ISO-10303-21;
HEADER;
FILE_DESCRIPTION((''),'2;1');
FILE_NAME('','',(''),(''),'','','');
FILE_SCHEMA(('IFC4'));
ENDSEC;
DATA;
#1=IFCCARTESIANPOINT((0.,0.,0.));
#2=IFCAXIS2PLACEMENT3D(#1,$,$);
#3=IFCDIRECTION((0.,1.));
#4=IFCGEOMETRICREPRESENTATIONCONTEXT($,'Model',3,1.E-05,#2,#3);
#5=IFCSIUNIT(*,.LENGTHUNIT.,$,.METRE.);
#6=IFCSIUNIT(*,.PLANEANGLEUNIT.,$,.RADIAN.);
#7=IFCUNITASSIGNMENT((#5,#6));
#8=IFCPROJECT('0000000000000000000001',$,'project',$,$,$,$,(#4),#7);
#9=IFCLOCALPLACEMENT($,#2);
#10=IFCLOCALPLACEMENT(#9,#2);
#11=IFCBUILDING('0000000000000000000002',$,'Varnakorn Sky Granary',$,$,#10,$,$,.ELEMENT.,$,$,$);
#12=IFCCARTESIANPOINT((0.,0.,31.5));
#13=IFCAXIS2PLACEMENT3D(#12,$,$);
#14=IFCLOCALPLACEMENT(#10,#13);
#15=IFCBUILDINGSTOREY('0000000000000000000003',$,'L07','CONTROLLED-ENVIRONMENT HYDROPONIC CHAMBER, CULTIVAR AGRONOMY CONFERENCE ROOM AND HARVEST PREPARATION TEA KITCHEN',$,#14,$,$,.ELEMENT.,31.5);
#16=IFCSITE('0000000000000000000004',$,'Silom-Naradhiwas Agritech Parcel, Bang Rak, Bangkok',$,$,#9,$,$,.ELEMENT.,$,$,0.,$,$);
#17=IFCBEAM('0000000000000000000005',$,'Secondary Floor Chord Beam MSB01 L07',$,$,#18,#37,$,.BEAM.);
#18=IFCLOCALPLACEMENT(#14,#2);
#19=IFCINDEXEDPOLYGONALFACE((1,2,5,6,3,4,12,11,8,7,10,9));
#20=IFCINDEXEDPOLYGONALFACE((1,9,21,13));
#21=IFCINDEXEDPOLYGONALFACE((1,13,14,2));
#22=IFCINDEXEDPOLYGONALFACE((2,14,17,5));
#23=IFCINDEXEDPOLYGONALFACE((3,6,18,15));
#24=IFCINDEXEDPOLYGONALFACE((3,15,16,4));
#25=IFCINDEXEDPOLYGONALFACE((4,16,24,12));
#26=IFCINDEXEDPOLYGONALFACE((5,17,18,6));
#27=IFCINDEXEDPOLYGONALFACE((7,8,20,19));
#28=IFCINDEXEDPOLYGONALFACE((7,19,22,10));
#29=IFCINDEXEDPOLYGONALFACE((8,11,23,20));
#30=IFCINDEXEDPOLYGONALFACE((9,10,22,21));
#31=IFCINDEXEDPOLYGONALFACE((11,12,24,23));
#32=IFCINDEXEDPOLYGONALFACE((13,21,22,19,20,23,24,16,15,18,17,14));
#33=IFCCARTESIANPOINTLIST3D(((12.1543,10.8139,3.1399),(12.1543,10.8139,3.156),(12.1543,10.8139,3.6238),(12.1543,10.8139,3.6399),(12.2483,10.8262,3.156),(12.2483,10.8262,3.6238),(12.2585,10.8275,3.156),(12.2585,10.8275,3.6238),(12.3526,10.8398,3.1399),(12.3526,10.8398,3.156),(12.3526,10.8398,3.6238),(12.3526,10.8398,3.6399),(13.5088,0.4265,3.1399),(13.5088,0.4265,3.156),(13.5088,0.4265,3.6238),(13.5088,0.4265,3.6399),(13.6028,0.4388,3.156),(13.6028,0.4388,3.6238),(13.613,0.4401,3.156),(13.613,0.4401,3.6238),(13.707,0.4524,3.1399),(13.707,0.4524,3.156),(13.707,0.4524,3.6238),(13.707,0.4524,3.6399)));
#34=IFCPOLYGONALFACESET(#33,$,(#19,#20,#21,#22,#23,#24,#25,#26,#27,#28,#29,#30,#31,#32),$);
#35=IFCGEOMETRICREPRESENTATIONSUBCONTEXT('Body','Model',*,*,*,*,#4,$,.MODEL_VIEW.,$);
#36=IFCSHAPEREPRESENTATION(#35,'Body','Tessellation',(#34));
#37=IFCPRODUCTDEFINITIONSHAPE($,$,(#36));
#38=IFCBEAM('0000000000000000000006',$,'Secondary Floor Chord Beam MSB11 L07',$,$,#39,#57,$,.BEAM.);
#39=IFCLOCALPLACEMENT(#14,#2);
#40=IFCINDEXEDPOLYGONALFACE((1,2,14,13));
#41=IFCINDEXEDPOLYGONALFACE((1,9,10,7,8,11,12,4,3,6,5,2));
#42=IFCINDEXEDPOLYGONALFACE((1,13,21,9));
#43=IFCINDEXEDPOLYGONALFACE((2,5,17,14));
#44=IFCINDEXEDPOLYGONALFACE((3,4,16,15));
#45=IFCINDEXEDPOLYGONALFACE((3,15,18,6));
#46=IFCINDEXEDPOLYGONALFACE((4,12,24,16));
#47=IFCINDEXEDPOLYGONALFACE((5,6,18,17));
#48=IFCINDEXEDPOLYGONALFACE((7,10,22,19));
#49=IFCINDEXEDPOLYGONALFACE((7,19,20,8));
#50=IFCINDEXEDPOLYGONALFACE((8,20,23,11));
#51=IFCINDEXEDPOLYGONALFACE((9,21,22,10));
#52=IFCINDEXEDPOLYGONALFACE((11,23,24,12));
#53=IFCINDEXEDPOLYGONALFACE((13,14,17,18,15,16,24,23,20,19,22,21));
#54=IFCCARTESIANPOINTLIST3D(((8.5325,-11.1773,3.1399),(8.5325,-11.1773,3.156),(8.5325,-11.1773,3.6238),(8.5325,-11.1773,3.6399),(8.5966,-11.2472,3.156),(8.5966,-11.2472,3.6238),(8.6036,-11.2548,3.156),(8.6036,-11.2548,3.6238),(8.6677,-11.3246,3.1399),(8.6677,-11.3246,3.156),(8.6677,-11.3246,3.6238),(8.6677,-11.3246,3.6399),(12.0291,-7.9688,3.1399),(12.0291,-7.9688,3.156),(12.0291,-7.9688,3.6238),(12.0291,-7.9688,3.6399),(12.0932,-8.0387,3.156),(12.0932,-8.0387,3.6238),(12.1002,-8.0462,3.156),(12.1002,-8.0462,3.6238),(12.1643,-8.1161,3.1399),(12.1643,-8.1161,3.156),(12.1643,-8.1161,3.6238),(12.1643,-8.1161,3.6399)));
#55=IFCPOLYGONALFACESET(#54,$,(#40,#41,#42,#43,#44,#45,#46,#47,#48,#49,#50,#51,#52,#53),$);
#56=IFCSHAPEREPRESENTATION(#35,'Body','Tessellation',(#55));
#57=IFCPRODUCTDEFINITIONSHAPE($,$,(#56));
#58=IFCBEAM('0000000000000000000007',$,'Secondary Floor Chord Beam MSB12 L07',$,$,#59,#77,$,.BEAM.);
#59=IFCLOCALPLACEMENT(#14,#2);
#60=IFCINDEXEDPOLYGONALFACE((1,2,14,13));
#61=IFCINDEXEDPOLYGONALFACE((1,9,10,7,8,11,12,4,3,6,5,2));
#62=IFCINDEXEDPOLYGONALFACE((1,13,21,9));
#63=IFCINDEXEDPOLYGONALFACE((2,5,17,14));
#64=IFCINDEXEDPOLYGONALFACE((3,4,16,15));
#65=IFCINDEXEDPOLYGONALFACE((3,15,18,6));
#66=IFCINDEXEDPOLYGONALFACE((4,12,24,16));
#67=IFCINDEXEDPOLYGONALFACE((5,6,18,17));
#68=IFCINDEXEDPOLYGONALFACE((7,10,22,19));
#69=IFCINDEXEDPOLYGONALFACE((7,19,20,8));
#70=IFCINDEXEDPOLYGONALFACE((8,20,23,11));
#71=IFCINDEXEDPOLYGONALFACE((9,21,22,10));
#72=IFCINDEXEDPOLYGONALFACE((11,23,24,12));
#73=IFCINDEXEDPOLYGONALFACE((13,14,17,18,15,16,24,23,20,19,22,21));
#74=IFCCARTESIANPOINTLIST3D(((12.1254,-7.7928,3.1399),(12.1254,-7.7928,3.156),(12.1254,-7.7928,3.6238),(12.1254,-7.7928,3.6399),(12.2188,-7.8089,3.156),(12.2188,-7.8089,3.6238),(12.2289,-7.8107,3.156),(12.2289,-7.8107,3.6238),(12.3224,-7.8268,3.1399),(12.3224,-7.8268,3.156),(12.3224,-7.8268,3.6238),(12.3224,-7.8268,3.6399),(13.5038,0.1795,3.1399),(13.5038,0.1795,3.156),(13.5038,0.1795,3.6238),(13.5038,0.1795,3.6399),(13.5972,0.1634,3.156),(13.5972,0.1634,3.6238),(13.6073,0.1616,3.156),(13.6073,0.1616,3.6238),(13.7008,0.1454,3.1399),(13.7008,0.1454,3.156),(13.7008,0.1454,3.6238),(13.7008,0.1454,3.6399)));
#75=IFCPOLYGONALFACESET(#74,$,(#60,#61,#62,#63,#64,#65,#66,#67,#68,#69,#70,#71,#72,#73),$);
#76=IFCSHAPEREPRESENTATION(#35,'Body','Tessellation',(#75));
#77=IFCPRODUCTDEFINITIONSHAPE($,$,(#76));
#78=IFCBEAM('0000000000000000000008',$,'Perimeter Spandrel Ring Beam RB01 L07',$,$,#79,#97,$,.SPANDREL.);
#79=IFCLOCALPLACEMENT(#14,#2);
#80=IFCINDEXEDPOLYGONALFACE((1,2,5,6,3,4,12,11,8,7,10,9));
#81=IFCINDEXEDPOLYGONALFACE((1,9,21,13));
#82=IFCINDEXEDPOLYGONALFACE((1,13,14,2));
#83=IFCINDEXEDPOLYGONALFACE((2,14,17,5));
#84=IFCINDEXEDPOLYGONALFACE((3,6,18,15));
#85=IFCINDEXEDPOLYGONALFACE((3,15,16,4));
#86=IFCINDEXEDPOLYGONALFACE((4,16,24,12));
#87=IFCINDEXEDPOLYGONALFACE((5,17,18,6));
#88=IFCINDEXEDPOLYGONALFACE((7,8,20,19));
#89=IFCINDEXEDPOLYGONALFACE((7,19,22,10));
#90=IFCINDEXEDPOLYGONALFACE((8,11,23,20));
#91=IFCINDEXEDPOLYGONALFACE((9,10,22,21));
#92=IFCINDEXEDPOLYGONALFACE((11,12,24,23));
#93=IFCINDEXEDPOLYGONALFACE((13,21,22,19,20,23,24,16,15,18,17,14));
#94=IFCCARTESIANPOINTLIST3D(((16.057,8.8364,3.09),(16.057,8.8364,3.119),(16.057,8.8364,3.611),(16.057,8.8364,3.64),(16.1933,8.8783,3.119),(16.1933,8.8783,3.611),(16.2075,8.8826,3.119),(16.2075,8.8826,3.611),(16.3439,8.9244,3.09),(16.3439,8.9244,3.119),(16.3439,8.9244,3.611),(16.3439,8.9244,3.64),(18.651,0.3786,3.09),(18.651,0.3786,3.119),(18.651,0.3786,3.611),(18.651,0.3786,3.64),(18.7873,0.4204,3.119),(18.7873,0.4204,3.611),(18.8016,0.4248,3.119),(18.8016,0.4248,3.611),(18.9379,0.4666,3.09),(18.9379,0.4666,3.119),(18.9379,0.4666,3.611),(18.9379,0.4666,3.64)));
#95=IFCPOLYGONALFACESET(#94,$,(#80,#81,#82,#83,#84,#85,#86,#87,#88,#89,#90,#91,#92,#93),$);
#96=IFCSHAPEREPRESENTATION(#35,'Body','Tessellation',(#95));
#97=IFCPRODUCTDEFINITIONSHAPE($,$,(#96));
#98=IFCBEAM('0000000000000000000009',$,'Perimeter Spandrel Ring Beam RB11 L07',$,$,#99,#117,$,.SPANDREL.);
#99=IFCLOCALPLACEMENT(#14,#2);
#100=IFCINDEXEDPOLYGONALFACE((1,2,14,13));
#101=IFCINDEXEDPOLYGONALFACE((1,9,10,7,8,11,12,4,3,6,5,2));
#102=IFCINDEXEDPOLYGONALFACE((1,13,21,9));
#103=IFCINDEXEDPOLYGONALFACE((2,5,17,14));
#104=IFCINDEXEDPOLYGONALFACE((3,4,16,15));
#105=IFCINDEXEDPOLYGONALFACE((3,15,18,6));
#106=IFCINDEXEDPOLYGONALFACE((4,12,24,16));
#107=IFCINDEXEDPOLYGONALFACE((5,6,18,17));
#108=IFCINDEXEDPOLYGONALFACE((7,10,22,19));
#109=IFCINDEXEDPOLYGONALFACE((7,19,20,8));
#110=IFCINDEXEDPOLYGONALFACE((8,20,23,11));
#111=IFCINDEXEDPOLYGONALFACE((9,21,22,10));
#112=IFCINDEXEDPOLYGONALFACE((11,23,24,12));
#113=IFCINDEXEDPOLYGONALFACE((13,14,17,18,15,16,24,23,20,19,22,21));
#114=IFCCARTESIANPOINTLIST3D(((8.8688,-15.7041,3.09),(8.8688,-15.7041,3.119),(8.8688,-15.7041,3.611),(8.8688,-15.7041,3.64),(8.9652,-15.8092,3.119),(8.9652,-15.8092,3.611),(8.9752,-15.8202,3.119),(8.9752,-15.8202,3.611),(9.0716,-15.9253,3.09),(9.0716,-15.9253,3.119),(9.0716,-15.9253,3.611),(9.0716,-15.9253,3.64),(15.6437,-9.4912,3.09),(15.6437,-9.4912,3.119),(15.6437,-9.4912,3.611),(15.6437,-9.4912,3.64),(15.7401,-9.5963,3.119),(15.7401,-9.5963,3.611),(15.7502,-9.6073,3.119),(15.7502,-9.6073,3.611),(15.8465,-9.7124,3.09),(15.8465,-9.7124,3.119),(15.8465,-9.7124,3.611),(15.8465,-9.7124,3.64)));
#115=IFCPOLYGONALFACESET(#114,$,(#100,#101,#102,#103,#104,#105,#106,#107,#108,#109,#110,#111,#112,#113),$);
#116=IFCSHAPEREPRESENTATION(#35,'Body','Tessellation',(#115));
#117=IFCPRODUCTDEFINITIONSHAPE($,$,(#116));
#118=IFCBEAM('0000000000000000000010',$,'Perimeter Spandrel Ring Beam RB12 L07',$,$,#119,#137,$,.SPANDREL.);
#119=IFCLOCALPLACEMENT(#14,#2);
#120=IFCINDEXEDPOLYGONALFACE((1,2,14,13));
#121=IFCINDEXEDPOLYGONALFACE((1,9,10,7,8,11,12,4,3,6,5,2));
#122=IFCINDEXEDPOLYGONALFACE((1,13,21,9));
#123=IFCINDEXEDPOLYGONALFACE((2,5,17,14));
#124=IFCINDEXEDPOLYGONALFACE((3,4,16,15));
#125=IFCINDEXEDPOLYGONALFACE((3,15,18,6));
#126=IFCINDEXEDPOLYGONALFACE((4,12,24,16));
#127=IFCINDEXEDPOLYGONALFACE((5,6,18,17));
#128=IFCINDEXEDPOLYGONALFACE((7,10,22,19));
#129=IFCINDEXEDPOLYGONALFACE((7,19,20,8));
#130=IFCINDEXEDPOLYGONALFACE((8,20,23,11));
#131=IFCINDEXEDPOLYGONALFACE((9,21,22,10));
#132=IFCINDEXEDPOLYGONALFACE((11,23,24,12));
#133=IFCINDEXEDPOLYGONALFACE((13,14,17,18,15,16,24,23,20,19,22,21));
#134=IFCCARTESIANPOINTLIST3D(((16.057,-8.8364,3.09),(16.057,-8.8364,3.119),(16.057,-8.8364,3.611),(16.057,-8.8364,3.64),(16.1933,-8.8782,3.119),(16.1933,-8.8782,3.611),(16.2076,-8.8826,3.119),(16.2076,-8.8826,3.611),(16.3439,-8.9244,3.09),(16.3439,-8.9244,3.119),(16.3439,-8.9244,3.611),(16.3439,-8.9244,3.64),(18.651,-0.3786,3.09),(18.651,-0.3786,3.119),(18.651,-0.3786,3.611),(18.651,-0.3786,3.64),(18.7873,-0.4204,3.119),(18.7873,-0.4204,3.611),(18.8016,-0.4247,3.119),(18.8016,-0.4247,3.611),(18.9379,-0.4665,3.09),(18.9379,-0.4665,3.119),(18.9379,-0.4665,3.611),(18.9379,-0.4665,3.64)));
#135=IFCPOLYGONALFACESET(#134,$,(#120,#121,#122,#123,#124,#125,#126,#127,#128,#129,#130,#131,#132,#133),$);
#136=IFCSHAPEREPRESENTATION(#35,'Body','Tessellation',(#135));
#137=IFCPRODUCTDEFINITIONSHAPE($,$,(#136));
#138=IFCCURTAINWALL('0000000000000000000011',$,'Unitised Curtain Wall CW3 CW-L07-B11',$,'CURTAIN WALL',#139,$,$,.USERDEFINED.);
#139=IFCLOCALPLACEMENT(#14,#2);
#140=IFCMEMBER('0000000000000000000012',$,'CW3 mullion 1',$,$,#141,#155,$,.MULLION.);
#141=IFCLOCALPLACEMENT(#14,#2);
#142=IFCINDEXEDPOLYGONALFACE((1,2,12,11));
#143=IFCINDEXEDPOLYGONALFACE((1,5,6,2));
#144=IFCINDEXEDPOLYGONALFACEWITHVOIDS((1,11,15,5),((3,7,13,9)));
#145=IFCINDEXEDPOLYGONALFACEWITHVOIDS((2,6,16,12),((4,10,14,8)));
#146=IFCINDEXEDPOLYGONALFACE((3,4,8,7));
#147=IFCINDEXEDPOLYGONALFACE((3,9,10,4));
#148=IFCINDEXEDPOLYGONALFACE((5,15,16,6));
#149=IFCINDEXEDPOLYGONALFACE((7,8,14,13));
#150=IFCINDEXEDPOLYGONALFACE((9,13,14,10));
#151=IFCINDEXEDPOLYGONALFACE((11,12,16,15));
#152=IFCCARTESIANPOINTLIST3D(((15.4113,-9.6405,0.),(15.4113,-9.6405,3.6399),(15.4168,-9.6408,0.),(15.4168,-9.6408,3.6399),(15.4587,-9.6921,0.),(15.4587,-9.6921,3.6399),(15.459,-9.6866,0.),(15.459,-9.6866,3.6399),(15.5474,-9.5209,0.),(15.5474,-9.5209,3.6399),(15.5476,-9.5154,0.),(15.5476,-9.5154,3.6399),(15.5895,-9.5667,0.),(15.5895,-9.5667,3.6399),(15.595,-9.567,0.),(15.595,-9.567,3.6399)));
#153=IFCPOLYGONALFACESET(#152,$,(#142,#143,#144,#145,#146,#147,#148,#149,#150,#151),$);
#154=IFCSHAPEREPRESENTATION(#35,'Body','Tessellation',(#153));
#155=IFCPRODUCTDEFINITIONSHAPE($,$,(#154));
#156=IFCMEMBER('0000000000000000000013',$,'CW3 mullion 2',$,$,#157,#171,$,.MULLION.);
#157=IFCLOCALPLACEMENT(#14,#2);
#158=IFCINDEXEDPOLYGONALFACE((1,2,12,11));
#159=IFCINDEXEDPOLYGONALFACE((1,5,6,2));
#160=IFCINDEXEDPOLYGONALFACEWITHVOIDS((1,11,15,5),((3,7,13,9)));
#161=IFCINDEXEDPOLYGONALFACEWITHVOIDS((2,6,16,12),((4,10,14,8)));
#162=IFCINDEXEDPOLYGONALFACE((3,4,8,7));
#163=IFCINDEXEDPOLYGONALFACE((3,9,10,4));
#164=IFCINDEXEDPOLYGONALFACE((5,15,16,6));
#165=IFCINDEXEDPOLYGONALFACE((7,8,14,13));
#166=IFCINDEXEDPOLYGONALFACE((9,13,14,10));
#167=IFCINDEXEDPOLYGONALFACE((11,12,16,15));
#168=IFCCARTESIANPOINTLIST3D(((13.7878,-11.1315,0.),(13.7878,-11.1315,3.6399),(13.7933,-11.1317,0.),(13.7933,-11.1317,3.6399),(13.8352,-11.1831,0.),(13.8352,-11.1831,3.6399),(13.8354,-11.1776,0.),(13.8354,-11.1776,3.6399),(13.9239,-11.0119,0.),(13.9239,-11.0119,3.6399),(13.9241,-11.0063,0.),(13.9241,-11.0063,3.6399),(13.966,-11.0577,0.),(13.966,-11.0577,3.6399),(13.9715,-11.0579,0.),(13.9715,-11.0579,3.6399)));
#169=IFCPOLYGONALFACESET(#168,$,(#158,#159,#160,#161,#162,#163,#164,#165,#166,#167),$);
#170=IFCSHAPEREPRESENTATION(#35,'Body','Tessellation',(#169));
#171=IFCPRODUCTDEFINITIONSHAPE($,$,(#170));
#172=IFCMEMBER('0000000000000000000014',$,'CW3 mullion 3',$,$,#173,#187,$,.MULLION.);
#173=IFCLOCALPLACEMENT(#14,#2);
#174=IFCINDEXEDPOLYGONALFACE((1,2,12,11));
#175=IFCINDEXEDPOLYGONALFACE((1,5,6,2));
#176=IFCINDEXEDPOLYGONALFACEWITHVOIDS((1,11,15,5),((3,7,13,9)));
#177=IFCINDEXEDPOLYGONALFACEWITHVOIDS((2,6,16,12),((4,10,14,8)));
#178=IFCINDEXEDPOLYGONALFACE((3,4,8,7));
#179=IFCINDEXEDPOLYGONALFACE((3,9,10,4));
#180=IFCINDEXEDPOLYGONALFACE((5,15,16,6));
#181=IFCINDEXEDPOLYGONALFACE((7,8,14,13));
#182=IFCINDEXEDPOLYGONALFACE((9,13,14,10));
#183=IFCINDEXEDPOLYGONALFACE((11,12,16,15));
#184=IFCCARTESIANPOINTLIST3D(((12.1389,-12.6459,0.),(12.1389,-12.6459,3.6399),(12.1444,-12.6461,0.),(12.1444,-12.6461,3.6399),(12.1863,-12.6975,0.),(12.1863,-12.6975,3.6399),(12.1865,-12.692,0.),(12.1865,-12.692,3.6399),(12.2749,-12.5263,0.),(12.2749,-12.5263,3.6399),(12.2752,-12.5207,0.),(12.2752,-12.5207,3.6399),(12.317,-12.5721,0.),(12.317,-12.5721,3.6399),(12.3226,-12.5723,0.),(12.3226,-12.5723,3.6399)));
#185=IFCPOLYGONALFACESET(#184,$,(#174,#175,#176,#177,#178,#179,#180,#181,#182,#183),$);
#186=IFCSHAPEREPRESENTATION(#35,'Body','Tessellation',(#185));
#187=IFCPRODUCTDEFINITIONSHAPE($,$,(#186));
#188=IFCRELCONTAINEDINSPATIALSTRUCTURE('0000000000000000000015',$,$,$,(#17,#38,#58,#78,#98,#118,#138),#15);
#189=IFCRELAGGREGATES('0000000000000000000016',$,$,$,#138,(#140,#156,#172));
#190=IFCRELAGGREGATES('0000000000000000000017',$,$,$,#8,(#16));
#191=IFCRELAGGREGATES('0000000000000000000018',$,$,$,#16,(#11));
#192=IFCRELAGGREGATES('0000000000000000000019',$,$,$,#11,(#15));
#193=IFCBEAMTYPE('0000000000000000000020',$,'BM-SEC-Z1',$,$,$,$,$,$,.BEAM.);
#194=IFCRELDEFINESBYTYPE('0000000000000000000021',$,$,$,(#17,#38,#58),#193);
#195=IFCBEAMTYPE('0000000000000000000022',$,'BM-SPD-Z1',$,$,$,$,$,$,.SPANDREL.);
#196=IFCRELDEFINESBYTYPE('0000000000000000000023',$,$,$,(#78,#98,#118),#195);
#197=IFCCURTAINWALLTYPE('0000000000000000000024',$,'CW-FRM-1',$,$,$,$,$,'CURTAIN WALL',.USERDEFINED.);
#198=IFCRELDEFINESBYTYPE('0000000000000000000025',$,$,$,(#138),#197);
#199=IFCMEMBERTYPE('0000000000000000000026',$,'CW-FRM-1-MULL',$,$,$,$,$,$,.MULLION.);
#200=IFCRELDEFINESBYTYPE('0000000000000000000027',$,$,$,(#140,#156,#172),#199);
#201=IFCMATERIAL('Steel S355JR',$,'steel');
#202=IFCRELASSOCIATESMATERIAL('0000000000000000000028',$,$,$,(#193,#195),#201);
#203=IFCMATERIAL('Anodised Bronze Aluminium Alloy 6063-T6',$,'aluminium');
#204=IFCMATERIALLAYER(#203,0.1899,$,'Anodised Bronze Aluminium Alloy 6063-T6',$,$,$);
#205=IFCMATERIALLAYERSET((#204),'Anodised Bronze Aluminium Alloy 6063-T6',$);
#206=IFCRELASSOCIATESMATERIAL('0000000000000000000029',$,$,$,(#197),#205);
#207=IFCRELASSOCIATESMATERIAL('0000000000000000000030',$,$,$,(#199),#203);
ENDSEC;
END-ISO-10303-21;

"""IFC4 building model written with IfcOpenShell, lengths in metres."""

from ifc_helpers import new_model, si_unit, direction, frame, origin, origin_2d, place, context, subcontext, project, spatial, hollow_rectangle, i_section, extrude, material, layer, layer_set, material_profile, profile_set, type_object, element, aggregate, save


model = new_model("IFC4")

# Units and contexts
model_context = context("Model", 3, precision=1e-05, world=origin(), true_north=direction((0.0, 1.0)))
body_context = subcontext(model_context, "Body", "Model", "MODEL_VIEW")
ifc_project = project(units=[si_unit("LENGTHUNIT", "METRE"), si_unit("PLANEANGLEUNIT", "RADIAN")], contexts=[model_context])

# Site, building, storey
site_placement = place(None, origin())
site = spatial("IfcSite", under=ifc_project, at=site_placement, Name="Silom-Naradhiwas Agritech Parcel, Bang Rak, Bangkok", CompositionType="ELEMENT", RefElevation=0.0)
building_placement = place(site_placement, origin())
building = spatial("IfcBuilding", under=site, at=building_placement, Name="Varnakorn Sky Granary", CompositionType="ELEMENT")
storey_placement = place(building_placement, frame((0.0, 0.0, 31.5)))
storey = spatial("IfcBuildingStorey", under=building, at=storey_placement, Name="L07", Description="CONTROLLED-ENVIRONMENT HYDROPONIC CHAMBER, CULTIVAR AGRONOMY CONFERENCE ROOM AND HARVEST PREPARATION TEA KITCHEN", CompositionType="ELEMENT", Elevation=31.5)

# Beams
ifc_material_1 = material(Name="Steel S355JR", Category="steel")
ifc_material_profile_1 = material_profile(ifc_material_1, i_section(OverallWidth=0.2, OverallDepth=0.5, WebThickness=0.0103, FlangeThickness=0.0161, at=origin_2d()), Name="IPE 500")
ifc_profile_set_1 = profile_set([ifc_material_profile_1], Name="Steel S355JR")
beam_type_1 = type_object("IfcBeamType", Name="BM-SEC-Z1", PredefinedType="BEAM", material=ifc_profile_set_1)
beam_1_placement = place(storey_placement, frame((13.6079, 0.4395, 3.3899), z_axis=(-0.129302, 0.991605, 0.0), x_axis=(-0.991605, -0.129302, 0.0)))
element("IfcBeam", 1, at=beam_1_placement, inside=storey, type_object=beam_type_1, Name="Secondary Floor Chord Beam MSB01 L07", PredefinedType="BEAM", context=body_context, shape_type="SweptSolid", body=[
    extrude(i_section(OverallWidth=0.2, OverallDepth=0.5, WebThickness=0.0103, FlangeThickness=0.0161, at=origin_2d()), origin(), (0.0, 0.0, 1.0), 10.4753),
])
beam_2_placement = place(storey_placement, frame((8.6001, -11.251, 3.3899), z_axis=(0.736808, 0.676102, 0.0), x_axis=(-0.676102, 0.736808, 0.0)))
element("IfcBeam", 2, at=beam_2_placement, inside=storey, type_object=beam_type_1, Name="Secondary Floor Chord Beam MSB11 L07", PredefinedType="BEAM", context=body_context, shape_type="SweptSolid", body=[
    extrude(i_section(OverallWidth=0.2, OverallDepth=0.5, WebThickness=0.0103, FlangeThickness=0.0161, at=origin_2d()), origin(), (0.0, 0.0, 1.0), 4.7456),
])
beam_3_placement = place(storey_placement, frame((12.2239, -7.8098, 3.3899), z_axis=(0.170371, 0.98538, 0.0), x_axis=(-0.98538, 0.170371, 0.0)))
element("IfcBeam", 3, at=beam_3_placement, inside=storey, type_object=beam_type_1, Name="Secondary Floor Chord Beam MSB12 L07", PredefinedType="BEAM", context=body_context, shape_type="SweptSolid", body=[
    extrude(i_section(OverallWidth=0.2, OverallDepth=0.5, WebThickness=0.0103, FlangeThickness=0.0161, at=origin_2d()), origin(), (0.0, 0.0, 1.0), 8.0906),
])
ifc_material_profile_2 = material_profile(ifc_material_1, i_section(OverallWidth=0.3, OverallDepth=0.55, WebThickness=0.0149, FlangeThickness=0.0291, at=origin_2d()), Name="HE 550 B")
ifc_profile_set_2 = profile_set([ifc_material_profile_2], Name="Steel S355JR")
beam_type_2 = type_object("IfcBeamType", Name="BM-SPD-Z1", PredefinedType="SPANDREL", material=ifc_profile_set_2)
beam_4_placement = place(storey_placement, frame((18.7944, 0.4226, 3.365), z_axis=(-0.293219, 0.956045, 0.0), x_axis=(-0.956045, -0.293219, 0.0)))
element("IfcBeam", 4, at=beam_4_placement, inside=storey, type_object=beam_type_2, Name="Perimeter Spandrel Ring Beam RB01 L07", PredefinedType="SPANDREL", context=body_context, shape_type="SweptSolid", body=[
    extrude(i_section(OverallWidth=0.3, OverallDepth=0.55, WebThickness=0.0149, FlangeThickness=0.0291, at=origin_2d()), origin(), (0.0, 0.0, 1.0), 8.8467),
])
beam_5_placement = place(storey_placement, frame((8.9702, -15.8147, 3.365), z_axis=(0.737015, 0.675876, 0.0), x_axis=(-0.675876, 0.737015, 0.0)))
element("IfcBeam", 5, at=beam_5_placement, inside=storey, type_object=beam_type_2, Name="Perimeter Spandrel Ring Beam RB11 L07", PredefinedType="SPANDREL", context=body_context, shape_type="SweptSolid", body=[
    extrude(i_section(OverallWidth=0.3, OverallDepth=0.55, WebThickness=0.0149, FlangeThickness=0.0291, at=origin_2d()), origin(), (0.0, 0.0, 1.0), 9.1924),
])
beam_6_placement = place(storey_placement, frame((16.2004, -8.8804, 3.365), z_axis=(0.293219, 0.956045, 0.0), x_axis=(-0.956045, 0.293219, 0.0)))
element("IfcBeam", 6, at=beam_6_placement, inside=storey, type_object=beam_type_2, Name="Perimeter Spandrel Ring Beam RB12 L07", PredefinedType="SPANDREL", context=body_context, shape_type="SweptSolid", body=[
    extrude(i_section(OverallWidth=0.3, OverallDepth=0.55, WebThickness=0.0149, FlangeThickness=0.0291, at=origin_2d()), origin(), (0.0, 0.0, 1.0), 8.8467),
])

# Curtain wall, members
ifc_material_2 = material(Name="Anodised Bronze Aluminium Alloy 6063-T6", Category="aluminium")
ifc_layer_1 = layer(ifc_material_2, 0.1899, Name="Anodised Bronze Aluminium Alloy 6063-T6")
ifc_layer_set_1 = layer_set([ifc_layer_1], Name="Anodised Bronze Aluminium Alloy 6063-T6")
curtain_wall_type = type_object("IfcCurtainWallType", Name="CW-FRM-1", ElementType="CURTAIN WALL", PredefinedType="USERDEFINED", material=ifc_layer_set_1)
curtain_wall_placement = place(storey_placement, origin())
curtain_wall = element("IfcCurtainWall", 7, at=curtain_wall_placement, inside=storey, type_object=curtain_wall_type, Name="Unitised Curtain Wall CW3 CW-L07-B11", ObjectType="CURTAIN WALL", PredefinedType="USERDEFINED")
ifc_material_profile_3 = material_profile(ifc_material_2, hollow_rectangle(XDim=0.0701, YDim=0.1851, WallThickness=0.0039, at=origin_2d()), Name="ALU MULL 70x185")
ifc_profile_set_3 = profile_set([ifc_material_profile_3], Name="Anodised Bronze Aluminium Alloy 6063-T6")
member_type_1 = type_object("IfcMemberType", Name="CW-FRM-1-MULL", PredefinedType="MULLION", material=ifc_profile_set_3)
member_1_placement = place(storey_placement, frame((15.5032, -9.6038, 0.0), z_axis=(0.0, 0.0, 1.0), x_axis=(0.676387, -0.736547, 0.0)))
member_1 = element("IfcMember", 8, at=member_1_placement, type_object=member_type_1, Name="CW3 mullion 1", PredefinedType="MULLION", context=body_context, shape_type="SweptSolid", body=[
    extrude(hollow_rectangle(XDim=0.0701, YDim=0.1851, WallThickness=0.0039, at=origin_2d()), origin(), (0.0, 0.0, 1.0), 3.6399),
])
member_2_placement = place(storey_placement, frame((13.8796, -11.0947, 0.0), z_axis=(0.0, 0.0, 1.0), x_axis=(0.676387, -0.736547, 0.0)))
member_2 = element("IfcMember", 9, at=member_2_placement, type_object=member_type_1, Name="CW3 mullion 2", PredefinedType="MULLION", context=body_context, shape_type="SweptSolid", body=[
    extrude(hollow_rectangle(XDim=0.0701, YDim=0.1851, WallThickness=0.0039, at=origin_2d()), origin(), (0.0, 0.0, 1.0), 3.6399),
])
member_3_placement = place(storey_placement, frame((12.2307, -12.6091, 0.0), z_axis=(0.0, 0.0, 1.0), x_axis=(0.676387, -0.736547, 0.0)))
member_3 = element("IfcMember", 10, at=member_3_placement, type_object=member_type_1, Name="CW3 mullion 3", PredefinedType="MULLION", context=body_context, shape_type="SweptSolid", body=[
    extrude(hollow_rectangle(XDim=0.0701, YDim=0.1851, WallThickness=0.0039, at=origin_2d()), origin(), (0.0, 0.0, 1.0), 3.6399),
])

aggregate(curtain_wall, [member_1, member_2, member_3])

save(model, "model.ifc")
